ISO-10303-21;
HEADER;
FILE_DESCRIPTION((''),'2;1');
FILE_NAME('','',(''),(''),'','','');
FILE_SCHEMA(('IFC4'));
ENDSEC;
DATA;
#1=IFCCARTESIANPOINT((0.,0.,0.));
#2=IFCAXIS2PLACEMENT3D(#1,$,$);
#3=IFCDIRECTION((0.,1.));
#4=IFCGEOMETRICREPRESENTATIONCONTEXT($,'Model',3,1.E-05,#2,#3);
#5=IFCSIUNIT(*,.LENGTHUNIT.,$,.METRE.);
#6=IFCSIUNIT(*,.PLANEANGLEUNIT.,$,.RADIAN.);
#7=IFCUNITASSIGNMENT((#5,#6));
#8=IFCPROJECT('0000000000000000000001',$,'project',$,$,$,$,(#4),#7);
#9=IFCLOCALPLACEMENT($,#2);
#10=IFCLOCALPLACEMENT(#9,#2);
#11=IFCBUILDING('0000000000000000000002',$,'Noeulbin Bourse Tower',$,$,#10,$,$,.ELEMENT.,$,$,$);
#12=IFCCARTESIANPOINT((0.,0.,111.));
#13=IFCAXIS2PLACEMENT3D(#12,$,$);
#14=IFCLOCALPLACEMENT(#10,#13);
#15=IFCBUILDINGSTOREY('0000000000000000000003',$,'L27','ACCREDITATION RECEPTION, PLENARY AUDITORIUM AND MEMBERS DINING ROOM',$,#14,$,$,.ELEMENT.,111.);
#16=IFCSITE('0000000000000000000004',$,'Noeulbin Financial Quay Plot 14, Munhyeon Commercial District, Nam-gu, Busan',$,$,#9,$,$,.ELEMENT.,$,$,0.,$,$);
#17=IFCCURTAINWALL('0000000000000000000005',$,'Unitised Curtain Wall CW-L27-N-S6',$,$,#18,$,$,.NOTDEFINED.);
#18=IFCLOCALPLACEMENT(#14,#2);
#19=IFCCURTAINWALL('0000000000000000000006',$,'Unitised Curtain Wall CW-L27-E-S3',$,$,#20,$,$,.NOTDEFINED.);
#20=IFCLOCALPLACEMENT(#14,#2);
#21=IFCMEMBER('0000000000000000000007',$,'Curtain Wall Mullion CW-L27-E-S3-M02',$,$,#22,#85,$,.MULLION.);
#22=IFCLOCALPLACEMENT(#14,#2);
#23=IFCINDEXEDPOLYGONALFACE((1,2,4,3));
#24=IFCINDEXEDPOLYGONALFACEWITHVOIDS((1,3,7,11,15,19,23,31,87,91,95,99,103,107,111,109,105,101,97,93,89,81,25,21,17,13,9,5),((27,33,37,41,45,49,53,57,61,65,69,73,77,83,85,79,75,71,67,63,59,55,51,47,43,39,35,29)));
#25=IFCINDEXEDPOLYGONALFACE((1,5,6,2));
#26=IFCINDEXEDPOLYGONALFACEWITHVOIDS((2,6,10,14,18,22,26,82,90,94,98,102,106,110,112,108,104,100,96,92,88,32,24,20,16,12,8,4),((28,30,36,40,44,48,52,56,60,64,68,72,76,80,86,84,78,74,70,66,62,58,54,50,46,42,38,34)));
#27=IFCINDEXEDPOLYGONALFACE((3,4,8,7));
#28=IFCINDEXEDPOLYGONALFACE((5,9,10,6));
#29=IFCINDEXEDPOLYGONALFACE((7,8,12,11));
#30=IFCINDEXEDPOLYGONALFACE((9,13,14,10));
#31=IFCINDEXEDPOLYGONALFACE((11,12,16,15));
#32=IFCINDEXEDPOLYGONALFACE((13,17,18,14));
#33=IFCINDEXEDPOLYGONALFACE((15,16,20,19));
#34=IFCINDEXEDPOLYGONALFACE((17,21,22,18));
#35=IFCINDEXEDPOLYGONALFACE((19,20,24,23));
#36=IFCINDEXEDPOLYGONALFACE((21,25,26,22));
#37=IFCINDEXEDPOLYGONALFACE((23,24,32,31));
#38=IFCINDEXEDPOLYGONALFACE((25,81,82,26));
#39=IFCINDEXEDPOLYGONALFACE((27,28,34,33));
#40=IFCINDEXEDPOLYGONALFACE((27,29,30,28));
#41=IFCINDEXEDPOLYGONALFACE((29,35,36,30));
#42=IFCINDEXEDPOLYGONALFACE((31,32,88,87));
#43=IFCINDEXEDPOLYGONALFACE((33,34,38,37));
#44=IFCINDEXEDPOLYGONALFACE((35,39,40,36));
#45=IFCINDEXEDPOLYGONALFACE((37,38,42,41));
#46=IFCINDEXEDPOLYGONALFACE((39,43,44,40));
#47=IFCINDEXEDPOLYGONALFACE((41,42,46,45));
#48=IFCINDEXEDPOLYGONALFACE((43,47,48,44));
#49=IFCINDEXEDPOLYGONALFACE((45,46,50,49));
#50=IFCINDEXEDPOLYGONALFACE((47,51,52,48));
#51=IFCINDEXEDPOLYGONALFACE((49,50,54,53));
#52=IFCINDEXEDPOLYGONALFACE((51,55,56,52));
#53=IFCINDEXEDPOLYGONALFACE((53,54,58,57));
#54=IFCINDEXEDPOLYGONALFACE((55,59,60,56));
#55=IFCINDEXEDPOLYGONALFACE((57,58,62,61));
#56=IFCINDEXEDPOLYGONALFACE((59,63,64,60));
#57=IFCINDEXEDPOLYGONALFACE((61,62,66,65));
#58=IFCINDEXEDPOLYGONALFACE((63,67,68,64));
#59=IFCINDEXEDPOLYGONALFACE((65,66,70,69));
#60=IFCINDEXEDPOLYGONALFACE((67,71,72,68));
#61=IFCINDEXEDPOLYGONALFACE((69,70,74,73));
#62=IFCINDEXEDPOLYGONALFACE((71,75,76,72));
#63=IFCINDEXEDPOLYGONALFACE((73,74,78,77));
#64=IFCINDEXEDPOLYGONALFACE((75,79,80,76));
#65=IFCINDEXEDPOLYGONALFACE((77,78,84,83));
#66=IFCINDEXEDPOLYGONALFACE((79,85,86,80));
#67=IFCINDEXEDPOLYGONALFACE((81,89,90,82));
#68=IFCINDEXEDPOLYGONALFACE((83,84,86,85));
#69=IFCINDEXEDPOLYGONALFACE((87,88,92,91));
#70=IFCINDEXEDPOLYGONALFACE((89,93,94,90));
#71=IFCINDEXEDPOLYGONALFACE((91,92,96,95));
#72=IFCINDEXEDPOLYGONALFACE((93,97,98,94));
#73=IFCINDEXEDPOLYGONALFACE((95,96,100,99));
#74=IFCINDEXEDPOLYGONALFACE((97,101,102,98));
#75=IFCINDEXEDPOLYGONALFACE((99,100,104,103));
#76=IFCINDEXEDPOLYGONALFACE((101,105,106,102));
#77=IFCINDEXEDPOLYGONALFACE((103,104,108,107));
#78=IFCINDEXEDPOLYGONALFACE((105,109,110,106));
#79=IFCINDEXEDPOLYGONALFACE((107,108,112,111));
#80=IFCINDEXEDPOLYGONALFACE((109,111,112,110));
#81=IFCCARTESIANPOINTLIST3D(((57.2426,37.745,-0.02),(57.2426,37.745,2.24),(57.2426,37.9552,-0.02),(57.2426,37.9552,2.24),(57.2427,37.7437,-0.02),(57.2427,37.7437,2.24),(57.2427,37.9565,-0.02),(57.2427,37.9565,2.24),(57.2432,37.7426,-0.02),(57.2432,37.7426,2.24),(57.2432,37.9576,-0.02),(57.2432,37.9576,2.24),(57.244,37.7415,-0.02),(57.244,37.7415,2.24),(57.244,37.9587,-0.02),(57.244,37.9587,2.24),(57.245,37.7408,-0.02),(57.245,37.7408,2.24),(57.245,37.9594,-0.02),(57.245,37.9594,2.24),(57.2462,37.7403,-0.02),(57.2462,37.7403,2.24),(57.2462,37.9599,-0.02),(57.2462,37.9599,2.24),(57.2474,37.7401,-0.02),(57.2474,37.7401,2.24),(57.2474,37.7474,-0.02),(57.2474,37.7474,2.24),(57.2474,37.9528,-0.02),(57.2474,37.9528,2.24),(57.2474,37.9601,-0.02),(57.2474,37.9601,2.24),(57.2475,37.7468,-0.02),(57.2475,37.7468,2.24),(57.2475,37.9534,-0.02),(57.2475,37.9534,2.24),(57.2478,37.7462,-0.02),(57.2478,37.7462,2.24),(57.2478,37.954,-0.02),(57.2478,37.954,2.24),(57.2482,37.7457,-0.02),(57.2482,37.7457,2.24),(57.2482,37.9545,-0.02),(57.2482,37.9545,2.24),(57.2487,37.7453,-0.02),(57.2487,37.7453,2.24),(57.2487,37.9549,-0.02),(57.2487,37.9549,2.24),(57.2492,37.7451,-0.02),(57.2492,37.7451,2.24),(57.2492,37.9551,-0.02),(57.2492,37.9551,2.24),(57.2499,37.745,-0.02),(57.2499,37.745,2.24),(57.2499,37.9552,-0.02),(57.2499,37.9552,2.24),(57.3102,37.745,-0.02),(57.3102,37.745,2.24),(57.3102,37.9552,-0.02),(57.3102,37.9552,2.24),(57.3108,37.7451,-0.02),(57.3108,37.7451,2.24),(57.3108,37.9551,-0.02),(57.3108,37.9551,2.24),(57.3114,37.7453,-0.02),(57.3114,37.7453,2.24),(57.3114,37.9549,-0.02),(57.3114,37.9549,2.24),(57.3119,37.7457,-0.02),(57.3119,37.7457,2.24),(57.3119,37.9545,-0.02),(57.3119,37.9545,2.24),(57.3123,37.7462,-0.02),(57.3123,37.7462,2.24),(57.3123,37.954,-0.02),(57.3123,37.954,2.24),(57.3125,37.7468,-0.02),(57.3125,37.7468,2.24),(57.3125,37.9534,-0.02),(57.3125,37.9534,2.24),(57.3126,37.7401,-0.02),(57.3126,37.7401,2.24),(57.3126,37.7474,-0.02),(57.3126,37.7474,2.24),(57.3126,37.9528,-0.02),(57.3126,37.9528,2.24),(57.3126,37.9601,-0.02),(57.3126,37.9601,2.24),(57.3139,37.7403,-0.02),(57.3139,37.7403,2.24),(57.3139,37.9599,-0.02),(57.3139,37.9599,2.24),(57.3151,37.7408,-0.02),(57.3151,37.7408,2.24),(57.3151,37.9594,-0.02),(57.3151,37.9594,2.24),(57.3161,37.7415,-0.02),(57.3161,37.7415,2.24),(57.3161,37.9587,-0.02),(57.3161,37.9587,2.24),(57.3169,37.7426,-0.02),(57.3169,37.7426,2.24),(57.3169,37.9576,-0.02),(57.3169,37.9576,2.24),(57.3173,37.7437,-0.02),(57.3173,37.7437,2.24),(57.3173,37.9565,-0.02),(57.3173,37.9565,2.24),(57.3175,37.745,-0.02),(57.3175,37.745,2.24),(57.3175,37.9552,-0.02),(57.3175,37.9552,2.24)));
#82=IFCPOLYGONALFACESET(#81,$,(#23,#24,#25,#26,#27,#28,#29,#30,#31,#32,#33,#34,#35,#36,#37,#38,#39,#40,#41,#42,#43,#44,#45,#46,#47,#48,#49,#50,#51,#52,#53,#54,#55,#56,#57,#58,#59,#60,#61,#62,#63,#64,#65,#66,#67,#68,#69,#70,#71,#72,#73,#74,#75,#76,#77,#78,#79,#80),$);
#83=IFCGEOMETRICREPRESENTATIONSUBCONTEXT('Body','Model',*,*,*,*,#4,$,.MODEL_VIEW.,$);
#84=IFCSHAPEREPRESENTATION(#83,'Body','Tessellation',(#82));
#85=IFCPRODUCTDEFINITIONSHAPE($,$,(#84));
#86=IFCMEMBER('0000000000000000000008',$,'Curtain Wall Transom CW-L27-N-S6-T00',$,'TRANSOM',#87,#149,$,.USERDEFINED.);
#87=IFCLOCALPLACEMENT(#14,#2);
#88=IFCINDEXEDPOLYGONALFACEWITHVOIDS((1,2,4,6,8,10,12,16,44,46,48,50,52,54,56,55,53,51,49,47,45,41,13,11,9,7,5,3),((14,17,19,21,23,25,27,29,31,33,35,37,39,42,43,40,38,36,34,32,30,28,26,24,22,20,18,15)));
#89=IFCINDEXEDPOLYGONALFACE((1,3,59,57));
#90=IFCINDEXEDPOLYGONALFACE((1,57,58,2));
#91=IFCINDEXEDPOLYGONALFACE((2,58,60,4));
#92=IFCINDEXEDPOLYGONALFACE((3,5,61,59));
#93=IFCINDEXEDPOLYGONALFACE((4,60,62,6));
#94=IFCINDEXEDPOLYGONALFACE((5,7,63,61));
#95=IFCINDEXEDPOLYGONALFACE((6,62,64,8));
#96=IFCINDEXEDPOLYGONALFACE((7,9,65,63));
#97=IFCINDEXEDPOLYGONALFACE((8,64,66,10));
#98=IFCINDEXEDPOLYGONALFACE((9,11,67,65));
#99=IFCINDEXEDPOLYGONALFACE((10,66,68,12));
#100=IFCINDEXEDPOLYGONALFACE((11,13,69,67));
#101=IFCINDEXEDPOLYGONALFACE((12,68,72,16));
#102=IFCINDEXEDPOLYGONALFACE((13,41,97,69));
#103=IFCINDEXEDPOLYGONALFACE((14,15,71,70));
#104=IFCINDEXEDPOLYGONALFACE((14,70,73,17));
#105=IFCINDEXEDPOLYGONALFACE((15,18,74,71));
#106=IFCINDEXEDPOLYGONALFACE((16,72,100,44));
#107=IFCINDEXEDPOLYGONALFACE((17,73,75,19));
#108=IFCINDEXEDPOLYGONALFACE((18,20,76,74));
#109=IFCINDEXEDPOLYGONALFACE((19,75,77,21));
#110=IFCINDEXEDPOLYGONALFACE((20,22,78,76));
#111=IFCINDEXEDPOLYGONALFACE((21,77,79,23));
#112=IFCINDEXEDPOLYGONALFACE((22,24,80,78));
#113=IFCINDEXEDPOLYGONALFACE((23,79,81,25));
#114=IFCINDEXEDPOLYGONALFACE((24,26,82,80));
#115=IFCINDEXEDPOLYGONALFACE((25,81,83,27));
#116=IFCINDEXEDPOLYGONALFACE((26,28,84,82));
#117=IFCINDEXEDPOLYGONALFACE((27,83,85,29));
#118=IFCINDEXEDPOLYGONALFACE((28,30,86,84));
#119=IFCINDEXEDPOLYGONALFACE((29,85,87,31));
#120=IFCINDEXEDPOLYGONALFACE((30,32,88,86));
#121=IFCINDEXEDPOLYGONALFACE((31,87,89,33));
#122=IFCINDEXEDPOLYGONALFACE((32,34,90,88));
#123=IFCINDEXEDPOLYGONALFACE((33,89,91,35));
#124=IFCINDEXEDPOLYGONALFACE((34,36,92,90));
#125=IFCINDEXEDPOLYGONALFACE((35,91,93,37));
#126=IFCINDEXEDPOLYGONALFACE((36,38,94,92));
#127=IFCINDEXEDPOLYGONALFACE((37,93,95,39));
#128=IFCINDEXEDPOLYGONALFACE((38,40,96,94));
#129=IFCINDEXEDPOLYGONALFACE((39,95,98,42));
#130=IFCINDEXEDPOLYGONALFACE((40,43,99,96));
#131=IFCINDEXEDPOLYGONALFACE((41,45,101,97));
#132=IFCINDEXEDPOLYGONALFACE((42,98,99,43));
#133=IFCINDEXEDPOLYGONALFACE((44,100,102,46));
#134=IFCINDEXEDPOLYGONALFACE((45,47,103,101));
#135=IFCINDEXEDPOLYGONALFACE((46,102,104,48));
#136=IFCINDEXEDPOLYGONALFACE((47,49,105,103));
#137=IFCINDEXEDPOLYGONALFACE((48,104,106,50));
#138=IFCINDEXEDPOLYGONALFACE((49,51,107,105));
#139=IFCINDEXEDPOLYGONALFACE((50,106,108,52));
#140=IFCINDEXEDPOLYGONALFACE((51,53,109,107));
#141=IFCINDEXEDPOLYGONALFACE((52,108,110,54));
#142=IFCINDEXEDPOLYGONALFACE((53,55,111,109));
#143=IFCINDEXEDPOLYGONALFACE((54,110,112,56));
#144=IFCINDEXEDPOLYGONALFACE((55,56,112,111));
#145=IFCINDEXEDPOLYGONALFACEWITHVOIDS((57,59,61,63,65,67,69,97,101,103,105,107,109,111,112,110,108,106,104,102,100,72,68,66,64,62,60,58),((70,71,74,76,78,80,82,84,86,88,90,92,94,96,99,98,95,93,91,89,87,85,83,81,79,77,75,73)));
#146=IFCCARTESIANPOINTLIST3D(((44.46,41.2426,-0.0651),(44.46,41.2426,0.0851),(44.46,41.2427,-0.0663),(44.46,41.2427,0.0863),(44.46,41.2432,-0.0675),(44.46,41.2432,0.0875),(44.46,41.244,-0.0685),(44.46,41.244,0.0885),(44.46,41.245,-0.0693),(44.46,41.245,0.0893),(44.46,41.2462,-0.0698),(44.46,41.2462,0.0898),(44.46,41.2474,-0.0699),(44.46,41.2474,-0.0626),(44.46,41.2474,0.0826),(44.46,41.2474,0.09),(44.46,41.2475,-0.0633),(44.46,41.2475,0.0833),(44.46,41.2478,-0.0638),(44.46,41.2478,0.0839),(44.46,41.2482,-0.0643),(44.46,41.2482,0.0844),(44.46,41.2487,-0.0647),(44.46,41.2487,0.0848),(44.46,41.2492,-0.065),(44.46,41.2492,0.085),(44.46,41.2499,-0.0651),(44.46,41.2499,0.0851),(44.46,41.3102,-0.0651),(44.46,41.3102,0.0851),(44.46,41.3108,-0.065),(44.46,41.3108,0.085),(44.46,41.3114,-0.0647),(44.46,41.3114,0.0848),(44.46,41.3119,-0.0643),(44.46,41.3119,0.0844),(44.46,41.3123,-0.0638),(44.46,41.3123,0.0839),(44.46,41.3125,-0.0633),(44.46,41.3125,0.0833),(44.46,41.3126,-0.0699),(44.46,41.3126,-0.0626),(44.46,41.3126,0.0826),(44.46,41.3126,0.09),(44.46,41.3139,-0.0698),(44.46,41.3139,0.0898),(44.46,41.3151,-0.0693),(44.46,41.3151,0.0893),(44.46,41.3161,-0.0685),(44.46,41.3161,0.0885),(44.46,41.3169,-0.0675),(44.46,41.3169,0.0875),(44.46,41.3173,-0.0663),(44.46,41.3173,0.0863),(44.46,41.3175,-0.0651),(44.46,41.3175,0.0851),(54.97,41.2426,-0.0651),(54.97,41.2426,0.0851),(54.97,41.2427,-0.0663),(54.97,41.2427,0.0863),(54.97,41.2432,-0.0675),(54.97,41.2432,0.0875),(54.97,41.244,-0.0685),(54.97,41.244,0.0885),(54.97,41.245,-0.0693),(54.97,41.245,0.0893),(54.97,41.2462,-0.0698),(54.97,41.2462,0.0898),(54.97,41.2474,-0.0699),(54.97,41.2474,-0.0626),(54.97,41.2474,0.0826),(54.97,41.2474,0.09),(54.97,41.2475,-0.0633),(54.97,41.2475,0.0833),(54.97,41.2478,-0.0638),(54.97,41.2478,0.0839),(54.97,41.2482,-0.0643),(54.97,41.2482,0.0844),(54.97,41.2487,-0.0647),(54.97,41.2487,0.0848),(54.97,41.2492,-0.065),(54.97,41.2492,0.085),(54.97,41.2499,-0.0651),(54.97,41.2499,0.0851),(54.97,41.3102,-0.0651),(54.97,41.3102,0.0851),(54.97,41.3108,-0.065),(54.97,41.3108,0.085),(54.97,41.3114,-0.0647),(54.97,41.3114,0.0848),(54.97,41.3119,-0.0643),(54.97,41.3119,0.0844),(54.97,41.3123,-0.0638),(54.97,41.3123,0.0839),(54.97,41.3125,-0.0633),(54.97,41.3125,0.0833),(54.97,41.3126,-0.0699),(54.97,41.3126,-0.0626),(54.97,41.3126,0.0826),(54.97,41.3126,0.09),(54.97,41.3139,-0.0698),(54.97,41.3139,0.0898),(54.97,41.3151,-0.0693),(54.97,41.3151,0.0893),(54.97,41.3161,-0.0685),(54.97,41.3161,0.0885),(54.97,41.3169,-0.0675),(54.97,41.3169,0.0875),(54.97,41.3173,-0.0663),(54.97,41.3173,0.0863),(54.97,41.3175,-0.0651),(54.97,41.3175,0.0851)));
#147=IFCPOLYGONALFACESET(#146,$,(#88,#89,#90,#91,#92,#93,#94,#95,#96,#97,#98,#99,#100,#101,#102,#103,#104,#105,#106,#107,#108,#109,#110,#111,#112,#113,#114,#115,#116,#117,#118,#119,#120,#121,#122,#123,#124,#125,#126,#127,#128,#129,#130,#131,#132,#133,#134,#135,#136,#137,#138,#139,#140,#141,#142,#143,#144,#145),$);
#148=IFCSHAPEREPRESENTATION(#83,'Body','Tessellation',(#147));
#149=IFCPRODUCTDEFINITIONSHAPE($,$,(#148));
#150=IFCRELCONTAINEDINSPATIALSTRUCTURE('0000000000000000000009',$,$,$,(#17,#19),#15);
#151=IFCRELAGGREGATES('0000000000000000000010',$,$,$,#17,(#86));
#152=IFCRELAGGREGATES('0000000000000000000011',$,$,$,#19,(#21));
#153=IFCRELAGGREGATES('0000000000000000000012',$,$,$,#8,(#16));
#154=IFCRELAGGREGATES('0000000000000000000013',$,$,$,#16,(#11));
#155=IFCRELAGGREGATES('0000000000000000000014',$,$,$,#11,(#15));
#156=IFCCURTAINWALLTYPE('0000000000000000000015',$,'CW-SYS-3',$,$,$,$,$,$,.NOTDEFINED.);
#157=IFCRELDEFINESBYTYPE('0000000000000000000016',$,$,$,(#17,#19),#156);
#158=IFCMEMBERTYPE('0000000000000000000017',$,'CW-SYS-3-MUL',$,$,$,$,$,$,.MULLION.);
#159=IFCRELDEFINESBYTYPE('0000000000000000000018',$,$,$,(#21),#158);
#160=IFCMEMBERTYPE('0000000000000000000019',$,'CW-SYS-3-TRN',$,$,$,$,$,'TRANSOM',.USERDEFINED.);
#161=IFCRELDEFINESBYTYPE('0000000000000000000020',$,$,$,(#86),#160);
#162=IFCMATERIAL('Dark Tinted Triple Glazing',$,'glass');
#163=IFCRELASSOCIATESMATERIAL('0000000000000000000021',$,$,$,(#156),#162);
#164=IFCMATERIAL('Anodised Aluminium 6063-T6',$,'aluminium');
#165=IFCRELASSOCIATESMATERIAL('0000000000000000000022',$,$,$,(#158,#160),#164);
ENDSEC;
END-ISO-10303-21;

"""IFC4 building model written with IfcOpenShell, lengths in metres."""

from ifc_helpers import new_model, si_unit, direction, frame, origin, origin_2d, place, context, subcontext, project, spatial, hollow_rectangle, extrude, material, material_profile, profile_set, type_object, element, aggregate, save


model = new_model("IFC4")

# Units and contexts
model_context = context("Model", 3, precision=1e-05, world=origin(), true_north=direction((0.0, 1.0)))
body_context = subcontext(model_context, "Body", "Model", "MODEL_VIEW")
ifc_project = project(units=[si_unit("LENGTHUNIT", "METRE"), si_unit("PLANEANGLEUNIT", "RADIAN")], contexts=[model_context])

# Site, building, storey
site_placement = place(None, origin())
site = spatial("IfcSite", under=ifc_project, at=site_placement, Name="Noeulbin Financial Quay Plot 14, Munhyeon Commercial District, Nam-gu, Busan", CompositionType="ELEMENT", RefElevation=0.0)
building_placement = place(site_placement, origin())
building = spatial("IfcBuilding", under=site, at=building_placement, Name="Noeulbin Bourse Tower", CompositionType="ELEMENT")
storey_placement = place(building_placement, frame((0.0, 0.0, 111.0)))
storey = spatial("IfcBuildingStorey", under=building, at=storey_placement, Name="L27", Description="ACCREDITATION RECEPTION, PLENARY AUDITORIUM AND MEMBERS DINING ROOM", CompositionType="ELEMENT", Elevation=111.0)

# Curtain walls, member
ifc_material_1 = material(Name="Dark Tinted Triple Glazing", Category="glass")
curtain_wall_type = type_object("IfcCurtainWallType", Name="CW-SYS-3", PredefinedType="NOTDEFINED", material=ifc_material_1)
curtain_wall_1_placement = place(storey_placement, origin())
curtain_wall_1 = element("IfcCurtainWall", 1, at=curtain_wall_1_placement, inside=storey, type_object=curtain_wall_type, Name="Unitised Curtain Wall CW-L27-N-S6", PredefinedType="NOTDEFINED")
ifc_material_2 = material(Name="Anodised Aluminium 6063-T6", Category="aluminium")
ifc_material_profile_1 = material_profile(ifc_material_2, hollow_rectangle(XDim=0.075, YDim=0.22, WallThickness=0.0049, InnerFilletRadius=0.0024, OuterFilletRadius=0.0049, at=origin_2d()), Name="ALU-MULL-75x220x5", Category="LoadBearing")
ifc_profile_set_1 = profile_set([ifc_material_profile_1], Name="Anodised Aluminium 6063-T6")
member_type_1 = type_object("IfcMemberType", Name="CW-SYS-3-MUL", PredefinedType="MULLION", material=ifc_profile_set_1)
curtain_wall_2_placement = place(storey_placement, origin())
curtain_wall_2 = element("IfcCurtainWall", 2, at=curtain_wall_2_placement, inside=storey, type_object=curtain_wall_type, Name="Unitised Curtain Wall CW-L27-E-S3", PredefinedType="NOTDEFINED")
member_1_placement = place(storey_placement, frame((57.28, 37.8501, -0.02), z_axis=(0.0, 0.0, 1.0), x_axis=(1.0, 0.0, 0.0)))
member_1 = element("IfcMember", 3, at=member_1_placement, type_object=member_type_1, Name="Curtain Wall Mullion CW-L27-E-S3-M02", PredefinedType="MULLION", context=body_context, shape_type="SweptSolid", body=[
    extrude(hollow_rectangle(XDim=0.075, YDim=0.22, WallThickness=0.0049, InnerFilletRadius=0.0024, OuterFilletRadius=0.0049, at=origin_2d()), origin(), (0.0, 0.0, 1.0), 2.26),
])

# Member
ifc_material_profile_2 = material_profile(ifc_material_2, hollow_rectangle(XDim=0.075, YDim=0.1599, WallThickness=0.0049, InnerFilletRadius=0.0024, OuterFilletRadius=0.0049, at=origin_2d()), Name="ALU-TRAN-75x160x5", Category="LoadBearing")
ifc_profile_set_2 = profile_set([ifc_material_profile_2], Name="Anodised Aluminium 6063-T6")
member_type_2 = type_object("IfcMemberType", Name="CW-SYS-3-TRN", ElementType="TRANSOM", PredefinedType="USERDEFINED", material=ifc_profile_set_2)
member_2_placement = place(storey_placement, frame((44.46, 41.28, 0.01), z_axis=(1.0, 0.0, 0.0), x_axis=(0.0, 1.0, 0.0)))
member_2 = element("IfcMember", 4, at=member_2_placement, type_object=member_type_2, Name="Curtain Wall Transom CW-L27-N-S6-T00", ObjectType="TRANSOM", PredefinedType="USERDEFINED", context=body_context, shape_type="SweptSolid", body=[
    extrude(hollow_rectangle(XDim=0.075, YDim=0.1599, WallThickness=0.0049, InnerFilletRadius=0.0024, OuterFilletRadius=0.0049, at=origin_2d()), origin(), (0.0, 0.0, 1.0), 10.51),
])

aggregate(curtain_wall_1, [member_2])
aggregate(curtain_wall_2, [member_1])

save(model, "model.ifc")
